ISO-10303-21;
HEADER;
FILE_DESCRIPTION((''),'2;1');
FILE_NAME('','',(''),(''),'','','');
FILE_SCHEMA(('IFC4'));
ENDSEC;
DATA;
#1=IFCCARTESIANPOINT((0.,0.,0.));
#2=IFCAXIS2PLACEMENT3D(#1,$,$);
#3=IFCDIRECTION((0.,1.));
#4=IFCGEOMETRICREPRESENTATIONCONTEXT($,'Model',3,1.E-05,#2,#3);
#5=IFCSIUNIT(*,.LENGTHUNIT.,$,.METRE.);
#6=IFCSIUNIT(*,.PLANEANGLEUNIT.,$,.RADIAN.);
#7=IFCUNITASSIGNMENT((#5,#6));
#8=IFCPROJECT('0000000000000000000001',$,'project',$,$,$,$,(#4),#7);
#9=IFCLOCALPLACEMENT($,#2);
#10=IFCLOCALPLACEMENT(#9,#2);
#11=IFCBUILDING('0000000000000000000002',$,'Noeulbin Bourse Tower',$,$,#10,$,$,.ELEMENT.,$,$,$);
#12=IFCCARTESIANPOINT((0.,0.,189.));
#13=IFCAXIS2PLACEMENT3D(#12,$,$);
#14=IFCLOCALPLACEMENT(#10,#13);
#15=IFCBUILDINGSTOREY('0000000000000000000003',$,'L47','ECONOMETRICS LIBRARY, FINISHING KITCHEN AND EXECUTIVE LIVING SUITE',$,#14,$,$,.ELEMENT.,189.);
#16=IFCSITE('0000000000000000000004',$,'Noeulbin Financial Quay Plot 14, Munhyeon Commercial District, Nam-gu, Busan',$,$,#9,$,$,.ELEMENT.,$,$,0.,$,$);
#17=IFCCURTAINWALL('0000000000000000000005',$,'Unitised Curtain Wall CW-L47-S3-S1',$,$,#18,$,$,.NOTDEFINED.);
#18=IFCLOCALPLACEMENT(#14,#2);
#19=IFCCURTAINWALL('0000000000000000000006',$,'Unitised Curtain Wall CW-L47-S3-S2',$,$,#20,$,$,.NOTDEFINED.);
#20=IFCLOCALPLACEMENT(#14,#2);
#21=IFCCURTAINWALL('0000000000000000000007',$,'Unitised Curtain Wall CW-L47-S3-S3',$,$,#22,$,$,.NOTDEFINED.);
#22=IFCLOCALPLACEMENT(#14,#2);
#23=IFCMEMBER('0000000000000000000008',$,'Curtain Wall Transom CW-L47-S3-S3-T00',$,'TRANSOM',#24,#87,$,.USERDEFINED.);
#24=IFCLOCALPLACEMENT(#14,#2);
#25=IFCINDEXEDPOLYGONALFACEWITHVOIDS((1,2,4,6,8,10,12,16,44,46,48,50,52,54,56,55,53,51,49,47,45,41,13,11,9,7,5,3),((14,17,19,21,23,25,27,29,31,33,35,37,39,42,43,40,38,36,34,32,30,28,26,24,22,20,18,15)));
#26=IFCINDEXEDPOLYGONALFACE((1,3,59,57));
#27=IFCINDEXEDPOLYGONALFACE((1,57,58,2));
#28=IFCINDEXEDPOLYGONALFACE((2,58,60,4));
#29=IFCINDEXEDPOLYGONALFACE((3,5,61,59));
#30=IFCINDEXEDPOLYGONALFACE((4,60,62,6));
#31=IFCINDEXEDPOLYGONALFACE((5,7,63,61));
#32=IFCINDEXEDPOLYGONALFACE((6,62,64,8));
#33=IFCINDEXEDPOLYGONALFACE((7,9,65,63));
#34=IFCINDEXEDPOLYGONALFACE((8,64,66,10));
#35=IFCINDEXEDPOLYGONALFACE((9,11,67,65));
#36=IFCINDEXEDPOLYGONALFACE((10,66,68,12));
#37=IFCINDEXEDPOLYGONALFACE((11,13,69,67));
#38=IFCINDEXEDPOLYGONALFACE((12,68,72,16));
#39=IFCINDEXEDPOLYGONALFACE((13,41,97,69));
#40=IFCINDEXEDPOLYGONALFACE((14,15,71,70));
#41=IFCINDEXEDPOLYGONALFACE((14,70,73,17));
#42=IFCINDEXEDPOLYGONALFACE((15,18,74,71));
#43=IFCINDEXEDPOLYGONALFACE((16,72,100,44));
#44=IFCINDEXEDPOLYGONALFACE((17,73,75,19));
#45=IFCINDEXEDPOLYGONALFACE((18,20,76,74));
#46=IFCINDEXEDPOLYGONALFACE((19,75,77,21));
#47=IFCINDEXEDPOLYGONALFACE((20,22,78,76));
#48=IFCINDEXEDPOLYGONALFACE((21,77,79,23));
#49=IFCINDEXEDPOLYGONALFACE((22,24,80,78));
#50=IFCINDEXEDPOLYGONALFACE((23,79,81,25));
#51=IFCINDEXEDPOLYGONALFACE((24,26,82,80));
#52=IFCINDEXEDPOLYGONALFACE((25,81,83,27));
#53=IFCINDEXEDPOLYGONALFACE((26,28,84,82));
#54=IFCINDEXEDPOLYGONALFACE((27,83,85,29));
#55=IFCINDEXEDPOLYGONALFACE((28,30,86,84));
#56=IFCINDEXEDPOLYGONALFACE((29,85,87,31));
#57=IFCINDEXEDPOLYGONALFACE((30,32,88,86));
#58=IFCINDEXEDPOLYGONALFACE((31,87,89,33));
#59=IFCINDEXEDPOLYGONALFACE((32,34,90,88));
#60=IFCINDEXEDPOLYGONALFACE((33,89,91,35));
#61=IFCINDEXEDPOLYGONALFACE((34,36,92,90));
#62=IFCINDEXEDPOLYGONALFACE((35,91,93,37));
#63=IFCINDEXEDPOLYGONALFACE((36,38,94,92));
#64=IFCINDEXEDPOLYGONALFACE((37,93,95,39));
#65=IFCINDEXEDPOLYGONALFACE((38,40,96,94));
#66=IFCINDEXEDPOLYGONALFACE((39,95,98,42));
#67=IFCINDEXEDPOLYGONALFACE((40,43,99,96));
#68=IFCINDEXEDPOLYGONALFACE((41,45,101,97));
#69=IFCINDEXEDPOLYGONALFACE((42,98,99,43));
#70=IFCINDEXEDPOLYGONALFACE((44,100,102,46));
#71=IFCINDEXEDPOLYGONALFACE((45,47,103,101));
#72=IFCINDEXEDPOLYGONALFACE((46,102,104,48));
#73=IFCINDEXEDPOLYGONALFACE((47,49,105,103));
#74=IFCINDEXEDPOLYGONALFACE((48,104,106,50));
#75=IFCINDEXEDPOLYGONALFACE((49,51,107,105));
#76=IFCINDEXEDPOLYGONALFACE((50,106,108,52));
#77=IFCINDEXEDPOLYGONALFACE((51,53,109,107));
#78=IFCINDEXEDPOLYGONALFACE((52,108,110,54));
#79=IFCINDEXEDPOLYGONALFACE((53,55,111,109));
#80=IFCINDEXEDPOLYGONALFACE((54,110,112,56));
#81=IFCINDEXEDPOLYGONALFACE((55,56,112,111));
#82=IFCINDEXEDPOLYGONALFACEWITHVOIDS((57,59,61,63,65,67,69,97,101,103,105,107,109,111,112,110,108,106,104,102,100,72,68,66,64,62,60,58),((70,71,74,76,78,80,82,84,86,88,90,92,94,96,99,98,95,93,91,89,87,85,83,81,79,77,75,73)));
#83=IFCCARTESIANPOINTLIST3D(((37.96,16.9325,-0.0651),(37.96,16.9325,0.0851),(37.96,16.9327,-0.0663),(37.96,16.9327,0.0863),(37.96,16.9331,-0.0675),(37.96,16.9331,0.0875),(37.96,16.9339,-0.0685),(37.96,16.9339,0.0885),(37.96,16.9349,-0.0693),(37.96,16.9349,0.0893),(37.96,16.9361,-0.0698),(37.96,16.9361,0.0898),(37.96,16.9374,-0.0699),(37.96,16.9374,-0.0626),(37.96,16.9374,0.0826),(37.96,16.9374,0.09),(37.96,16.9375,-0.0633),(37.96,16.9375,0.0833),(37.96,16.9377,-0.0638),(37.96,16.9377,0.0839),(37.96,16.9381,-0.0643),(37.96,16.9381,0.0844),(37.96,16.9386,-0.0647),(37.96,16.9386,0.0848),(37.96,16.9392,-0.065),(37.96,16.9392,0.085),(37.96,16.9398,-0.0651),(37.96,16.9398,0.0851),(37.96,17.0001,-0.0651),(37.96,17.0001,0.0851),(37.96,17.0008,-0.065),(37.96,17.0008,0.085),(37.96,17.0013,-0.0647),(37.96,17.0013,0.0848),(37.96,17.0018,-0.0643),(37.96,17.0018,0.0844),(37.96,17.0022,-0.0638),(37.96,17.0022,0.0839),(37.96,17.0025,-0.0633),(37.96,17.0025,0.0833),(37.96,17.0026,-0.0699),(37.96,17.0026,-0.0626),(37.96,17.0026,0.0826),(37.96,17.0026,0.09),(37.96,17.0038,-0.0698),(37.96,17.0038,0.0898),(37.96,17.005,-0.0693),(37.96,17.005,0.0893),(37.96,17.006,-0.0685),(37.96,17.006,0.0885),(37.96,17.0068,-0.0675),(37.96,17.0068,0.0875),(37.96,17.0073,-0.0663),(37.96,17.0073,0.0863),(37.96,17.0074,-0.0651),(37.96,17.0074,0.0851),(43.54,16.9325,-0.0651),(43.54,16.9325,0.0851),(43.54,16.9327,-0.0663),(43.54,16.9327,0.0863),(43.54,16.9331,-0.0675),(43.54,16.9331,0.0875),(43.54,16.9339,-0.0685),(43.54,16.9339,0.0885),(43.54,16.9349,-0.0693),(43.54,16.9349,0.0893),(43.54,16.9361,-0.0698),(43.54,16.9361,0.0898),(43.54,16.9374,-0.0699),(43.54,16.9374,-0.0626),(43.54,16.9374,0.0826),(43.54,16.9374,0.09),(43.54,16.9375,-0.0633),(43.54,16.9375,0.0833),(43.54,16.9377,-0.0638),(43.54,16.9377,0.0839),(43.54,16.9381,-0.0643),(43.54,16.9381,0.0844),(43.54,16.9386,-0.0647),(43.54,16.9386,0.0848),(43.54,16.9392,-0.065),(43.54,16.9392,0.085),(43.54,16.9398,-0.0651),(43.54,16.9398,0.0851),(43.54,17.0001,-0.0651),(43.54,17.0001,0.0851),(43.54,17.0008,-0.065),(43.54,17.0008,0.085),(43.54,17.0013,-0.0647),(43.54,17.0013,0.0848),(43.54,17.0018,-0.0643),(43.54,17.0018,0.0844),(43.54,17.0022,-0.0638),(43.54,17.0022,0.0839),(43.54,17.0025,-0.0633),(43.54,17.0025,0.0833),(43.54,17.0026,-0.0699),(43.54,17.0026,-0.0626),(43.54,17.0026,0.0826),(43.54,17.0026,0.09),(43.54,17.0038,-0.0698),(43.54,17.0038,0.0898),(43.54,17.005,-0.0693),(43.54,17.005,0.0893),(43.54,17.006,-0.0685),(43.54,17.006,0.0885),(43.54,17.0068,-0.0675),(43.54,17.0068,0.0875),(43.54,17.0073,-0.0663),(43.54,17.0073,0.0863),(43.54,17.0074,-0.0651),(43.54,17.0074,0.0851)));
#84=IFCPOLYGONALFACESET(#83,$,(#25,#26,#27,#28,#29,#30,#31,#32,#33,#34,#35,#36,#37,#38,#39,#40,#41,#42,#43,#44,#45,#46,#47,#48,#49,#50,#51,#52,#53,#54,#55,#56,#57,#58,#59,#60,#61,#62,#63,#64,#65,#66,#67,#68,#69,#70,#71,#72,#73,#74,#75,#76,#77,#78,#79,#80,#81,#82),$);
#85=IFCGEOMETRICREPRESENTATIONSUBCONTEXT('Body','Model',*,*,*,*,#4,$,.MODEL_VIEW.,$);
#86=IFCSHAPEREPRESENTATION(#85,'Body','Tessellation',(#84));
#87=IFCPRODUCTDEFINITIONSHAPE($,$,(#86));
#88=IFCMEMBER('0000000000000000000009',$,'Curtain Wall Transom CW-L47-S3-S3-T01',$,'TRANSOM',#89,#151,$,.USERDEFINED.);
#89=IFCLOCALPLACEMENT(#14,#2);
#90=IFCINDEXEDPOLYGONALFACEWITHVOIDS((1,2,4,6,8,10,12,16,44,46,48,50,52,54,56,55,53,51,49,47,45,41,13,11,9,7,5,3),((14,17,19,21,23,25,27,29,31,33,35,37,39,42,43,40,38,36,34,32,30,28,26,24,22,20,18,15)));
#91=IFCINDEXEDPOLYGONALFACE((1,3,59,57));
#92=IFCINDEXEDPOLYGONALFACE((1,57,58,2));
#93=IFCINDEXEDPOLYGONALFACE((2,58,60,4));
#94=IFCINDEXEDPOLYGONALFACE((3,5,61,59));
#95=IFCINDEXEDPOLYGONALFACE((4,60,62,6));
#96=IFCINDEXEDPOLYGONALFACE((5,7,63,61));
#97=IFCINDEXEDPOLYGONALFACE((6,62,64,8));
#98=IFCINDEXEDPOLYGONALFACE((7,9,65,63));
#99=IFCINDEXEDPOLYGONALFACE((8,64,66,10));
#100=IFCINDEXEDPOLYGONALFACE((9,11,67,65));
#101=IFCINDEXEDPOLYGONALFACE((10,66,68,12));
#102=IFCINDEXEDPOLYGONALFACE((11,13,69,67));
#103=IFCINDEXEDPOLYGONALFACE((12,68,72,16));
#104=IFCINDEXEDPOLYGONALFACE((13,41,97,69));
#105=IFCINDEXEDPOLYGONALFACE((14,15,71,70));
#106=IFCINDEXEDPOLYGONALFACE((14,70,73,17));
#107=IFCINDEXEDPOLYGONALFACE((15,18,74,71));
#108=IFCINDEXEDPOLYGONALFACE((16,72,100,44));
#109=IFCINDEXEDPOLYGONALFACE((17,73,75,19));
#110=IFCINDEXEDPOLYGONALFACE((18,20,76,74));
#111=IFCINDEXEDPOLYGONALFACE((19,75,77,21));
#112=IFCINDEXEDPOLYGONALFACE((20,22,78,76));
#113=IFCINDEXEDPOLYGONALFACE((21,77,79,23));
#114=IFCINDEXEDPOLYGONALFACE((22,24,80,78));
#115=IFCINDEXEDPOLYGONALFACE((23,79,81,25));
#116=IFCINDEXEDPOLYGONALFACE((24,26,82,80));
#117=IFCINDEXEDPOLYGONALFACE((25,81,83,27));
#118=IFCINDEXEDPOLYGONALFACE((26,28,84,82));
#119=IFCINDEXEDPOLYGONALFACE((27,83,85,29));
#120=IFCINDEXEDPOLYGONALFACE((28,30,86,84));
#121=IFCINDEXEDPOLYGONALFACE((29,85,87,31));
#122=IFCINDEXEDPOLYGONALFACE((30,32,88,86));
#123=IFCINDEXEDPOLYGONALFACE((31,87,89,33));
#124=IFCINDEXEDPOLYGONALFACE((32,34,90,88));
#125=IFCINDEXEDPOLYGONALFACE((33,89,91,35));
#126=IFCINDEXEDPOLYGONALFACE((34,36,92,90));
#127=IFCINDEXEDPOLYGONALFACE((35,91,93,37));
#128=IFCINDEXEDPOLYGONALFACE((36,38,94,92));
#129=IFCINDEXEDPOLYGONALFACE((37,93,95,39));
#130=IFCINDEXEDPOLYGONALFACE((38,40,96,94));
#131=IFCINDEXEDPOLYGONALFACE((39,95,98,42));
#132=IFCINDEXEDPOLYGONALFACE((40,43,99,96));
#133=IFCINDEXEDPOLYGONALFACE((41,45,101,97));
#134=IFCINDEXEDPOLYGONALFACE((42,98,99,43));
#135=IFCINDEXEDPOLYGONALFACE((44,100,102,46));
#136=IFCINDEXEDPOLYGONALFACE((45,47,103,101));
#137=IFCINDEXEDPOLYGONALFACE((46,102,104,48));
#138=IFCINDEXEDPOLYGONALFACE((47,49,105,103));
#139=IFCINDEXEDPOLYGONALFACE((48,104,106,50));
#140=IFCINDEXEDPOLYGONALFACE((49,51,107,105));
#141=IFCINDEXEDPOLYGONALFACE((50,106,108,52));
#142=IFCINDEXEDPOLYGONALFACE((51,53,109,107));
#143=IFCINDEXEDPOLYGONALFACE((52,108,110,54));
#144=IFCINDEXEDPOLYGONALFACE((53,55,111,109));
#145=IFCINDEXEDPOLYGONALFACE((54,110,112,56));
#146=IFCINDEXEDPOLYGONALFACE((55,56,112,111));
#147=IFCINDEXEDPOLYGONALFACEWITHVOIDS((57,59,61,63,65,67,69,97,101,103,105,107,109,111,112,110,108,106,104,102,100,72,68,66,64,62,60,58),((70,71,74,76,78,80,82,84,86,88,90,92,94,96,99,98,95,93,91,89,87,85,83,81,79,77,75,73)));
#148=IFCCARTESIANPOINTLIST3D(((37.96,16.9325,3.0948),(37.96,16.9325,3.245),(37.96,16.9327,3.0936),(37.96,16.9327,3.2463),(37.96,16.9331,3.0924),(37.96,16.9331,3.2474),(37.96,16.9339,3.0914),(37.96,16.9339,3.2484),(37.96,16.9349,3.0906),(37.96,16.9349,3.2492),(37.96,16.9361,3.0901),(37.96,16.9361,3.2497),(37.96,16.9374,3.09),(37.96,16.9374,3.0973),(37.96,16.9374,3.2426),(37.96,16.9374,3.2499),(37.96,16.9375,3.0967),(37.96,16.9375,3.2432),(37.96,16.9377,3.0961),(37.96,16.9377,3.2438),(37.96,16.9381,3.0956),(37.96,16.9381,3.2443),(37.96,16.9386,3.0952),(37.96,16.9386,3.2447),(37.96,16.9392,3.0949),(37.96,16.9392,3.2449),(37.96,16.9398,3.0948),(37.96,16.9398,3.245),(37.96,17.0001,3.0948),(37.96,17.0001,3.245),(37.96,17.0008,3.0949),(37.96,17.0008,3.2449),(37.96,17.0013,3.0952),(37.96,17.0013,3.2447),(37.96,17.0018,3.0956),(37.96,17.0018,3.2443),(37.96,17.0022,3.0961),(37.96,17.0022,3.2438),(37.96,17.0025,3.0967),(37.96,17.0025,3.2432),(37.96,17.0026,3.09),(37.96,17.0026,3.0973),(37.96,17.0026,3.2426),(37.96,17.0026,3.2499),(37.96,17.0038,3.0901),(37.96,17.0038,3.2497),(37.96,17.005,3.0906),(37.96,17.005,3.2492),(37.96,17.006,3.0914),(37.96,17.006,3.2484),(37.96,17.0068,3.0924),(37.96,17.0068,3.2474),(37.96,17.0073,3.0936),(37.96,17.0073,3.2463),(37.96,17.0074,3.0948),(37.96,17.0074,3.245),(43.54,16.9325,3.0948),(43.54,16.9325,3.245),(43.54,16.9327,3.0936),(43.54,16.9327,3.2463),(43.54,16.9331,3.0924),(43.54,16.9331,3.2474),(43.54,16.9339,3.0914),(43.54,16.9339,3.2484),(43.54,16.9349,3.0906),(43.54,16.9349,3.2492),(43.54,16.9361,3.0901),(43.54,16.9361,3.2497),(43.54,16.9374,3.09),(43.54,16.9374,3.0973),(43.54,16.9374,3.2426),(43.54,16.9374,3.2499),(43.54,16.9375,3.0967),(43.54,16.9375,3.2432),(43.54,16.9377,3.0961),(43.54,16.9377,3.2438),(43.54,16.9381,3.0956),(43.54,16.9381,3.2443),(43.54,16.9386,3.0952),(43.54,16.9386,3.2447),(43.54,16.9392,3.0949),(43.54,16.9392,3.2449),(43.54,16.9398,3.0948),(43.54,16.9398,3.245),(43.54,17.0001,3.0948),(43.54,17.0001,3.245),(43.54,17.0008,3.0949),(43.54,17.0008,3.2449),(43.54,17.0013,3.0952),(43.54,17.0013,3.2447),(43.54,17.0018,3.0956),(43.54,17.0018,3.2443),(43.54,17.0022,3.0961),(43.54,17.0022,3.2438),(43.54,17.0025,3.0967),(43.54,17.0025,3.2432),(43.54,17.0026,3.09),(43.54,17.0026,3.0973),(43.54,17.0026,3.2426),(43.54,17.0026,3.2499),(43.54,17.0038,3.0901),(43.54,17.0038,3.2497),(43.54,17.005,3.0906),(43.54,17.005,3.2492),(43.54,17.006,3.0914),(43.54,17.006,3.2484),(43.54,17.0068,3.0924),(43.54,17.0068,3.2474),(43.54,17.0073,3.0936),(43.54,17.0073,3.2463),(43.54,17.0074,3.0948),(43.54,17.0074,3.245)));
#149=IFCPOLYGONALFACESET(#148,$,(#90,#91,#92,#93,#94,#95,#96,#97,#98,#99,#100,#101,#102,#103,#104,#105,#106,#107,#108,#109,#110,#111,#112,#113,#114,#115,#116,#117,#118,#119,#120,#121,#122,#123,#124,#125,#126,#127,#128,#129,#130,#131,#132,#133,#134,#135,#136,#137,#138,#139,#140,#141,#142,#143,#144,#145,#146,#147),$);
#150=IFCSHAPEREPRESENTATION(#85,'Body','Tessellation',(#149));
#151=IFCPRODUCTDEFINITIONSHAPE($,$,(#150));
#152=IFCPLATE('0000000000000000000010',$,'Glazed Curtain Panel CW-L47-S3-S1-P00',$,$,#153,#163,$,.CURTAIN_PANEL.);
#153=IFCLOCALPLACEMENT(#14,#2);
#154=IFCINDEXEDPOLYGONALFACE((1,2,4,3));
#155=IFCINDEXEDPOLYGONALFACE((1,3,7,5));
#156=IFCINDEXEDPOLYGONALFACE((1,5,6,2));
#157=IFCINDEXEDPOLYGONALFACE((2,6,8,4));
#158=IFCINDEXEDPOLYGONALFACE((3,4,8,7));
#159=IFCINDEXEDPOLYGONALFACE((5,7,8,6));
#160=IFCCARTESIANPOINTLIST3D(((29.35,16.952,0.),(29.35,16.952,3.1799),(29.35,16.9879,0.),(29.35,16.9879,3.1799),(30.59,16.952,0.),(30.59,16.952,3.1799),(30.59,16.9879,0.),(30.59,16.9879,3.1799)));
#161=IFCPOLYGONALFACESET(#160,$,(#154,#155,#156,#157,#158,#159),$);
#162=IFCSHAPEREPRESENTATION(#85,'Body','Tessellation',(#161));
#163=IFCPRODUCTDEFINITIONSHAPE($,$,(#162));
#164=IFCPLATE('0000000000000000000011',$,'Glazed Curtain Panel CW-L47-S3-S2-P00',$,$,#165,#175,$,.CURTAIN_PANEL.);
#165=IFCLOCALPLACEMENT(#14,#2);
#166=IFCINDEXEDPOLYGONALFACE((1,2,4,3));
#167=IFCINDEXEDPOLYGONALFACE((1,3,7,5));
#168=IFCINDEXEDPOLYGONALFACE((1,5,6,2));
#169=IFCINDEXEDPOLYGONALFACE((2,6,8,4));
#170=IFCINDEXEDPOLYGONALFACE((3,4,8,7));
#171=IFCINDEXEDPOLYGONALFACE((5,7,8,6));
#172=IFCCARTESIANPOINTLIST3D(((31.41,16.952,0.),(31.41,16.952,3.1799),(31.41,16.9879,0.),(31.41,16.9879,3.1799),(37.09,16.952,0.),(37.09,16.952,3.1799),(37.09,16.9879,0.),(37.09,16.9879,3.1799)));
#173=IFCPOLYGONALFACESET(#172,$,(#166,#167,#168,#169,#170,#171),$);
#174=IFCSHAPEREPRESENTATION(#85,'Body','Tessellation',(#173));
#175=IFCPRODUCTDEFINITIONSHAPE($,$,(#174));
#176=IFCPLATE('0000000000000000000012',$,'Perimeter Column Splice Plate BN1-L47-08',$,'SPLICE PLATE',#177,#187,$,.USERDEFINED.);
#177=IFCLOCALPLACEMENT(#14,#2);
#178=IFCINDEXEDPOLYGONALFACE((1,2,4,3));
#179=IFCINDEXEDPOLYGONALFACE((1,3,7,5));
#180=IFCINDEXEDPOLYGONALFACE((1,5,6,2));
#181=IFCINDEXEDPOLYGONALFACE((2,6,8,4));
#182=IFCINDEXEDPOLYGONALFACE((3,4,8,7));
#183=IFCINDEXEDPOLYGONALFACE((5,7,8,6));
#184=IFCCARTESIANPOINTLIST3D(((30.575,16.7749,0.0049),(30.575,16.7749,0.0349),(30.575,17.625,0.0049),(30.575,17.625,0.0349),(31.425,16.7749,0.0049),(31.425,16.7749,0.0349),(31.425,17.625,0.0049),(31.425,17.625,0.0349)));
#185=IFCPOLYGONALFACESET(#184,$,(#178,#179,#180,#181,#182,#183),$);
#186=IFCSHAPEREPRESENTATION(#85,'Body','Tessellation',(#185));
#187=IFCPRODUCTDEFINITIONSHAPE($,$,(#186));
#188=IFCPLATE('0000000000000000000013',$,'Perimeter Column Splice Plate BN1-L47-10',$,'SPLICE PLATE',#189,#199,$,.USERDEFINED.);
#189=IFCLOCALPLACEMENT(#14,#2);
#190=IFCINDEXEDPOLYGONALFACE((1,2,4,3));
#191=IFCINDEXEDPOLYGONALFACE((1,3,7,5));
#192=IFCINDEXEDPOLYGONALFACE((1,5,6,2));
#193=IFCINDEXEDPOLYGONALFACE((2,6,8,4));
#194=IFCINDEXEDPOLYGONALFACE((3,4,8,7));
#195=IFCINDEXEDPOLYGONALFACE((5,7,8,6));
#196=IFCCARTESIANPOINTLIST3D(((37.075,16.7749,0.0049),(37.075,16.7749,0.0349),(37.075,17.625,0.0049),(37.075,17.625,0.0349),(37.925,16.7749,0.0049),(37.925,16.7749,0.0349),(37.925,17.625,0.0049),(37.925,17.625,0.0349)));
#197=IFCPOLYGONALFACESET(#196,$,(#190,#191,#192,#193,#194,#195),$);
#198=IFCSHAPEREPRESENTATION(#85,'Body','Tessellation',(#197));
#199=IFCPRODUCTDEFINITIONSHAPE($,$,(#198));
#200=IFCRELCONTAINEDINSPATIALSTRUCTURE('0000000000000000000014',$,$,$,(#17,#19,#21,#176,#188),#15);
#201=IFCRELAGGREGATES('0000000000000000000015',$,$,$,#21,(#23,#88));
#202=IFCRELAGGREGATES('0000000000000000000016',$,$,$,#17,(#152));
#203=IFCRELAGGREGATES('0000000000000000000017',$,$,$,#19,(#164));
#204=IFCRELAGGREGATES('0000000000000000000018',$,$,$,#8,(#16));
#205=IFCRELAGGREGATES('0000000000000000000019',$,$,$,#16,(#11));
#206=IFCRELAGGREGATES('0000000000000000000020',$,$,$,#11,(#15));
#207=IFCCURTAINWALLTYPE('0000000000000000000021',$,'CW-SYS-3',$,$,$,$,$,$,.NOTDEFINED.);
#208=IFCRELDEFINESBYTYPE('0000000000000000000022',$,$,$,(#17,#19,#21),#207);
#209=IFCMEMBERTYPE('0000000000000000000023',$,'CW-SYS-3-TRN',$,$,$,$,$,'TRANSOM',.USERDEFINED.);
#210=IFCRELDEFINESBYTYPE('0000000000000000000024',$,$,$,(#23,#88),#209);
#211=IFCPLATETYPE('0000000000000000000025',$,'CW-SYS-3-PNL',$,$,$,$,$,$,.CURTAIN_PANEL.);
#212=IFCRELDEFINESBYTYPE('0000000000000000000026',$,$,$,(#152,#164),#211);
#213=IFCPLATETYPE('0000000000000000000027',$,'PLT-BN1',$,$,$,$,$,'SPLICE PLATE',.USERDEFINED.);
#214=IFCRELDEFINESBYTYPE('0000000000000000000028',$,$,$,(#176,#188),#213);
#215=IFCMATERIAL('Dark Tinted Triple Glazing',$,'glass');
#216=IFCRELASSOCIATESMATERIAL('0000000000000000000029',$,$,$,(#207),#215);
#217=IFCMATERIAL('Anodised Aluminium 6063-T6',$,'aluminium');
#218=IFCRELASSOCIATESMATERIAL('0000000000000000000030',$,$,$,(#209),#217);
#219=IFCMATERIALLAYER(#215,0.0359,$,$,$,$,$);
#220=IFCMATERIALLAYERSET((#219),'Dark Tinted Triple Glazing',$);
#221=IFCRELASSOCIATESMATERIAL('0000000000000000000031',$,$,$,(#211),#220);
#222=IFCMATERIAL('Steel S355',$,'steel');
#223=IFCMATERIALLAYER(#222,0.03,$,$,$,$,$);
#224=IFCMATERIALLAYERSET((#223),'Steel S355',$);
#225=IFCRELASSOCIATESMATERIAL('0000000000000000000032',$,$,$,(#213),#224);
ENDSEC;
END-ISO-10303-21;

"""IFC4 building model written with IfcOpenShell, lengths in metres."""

from ifc_helpers import new_model, si_unit, direction, frame, origin, origin_2d, place, context, subcontext, project, spatial, rectangle, hollow_rectangle, extrude, material, layer, layer_set, material_profile, profile_set, type_object, element, aggregate, save


model = new_model("IFC4")

# Units and contexts
model_context = context("Model", 3, precision=1e-05, world=origin(), true_north=direction((0.0, 1.0)))
body_context = subcontext(model_context, "Body", "Model", "MODEL_VIEW")
ifc_project = project(units=[si_unit("LENGTHUNIT", "METRE"), si_unit("PLANEANGLEUNIT", "RADIAN")], contexts=[model_context])

# Site, building, storey
site_placement = place(None, origin())
site = spatial("IfcSite", under=ifc_project, at=site_placement, Name="Noeulbin Financial Quay Plot 14, Munhyeon Commercial District, Nam-gu, Busan", CompositionType="ELEMENT", RefElevation=0.0)
building_placement = place(site_placement, origin())
building = spatial("IfcBuilding", under=site, at=building_placement, Name="Noeulbin Bourse Tower", CompositionType="ELEMENT")
storey_placement = place(building_placement, frame((0.0, 0.0, 189.0)))
storey = spatial("IfcBuildingStorey", under=building, at=storey_placement, Name="L47", Description="ECONOMETRICS LIBRARY, FINISHING KITCHEN AND EXECUTIVE LIVING SUITE", CompositionType="ELEMENT", Elevation=189.0)

# Shared definitions
ifc_material_1 = material(Name="Steel S355", Category="steel")

# Curtain wall
ifc_material_2 = material(Name="Dark Tinted Triple Glazing", Category="glass")
curtain_wall_type = type_object("IfcCurtainWallType", Name="CW-SYS-3", PredefinedType="NOTDEFINED", material=ifc_material_2)
curtain_wall_1_placement = place(storey_placement, origin())
curtain_wall_1 = element("IfcCurtainWall", 1, at=curtain_wall_1_placement, inside=storey, type_object=curtain_wall_type, Name="Unitised Curtain Wall CW-L47-S3-S1", PredefinedType="NOTDEFINED")
ifc_material_3 = material(Name="Anodised Aluminium 6063-T6", Category="aluminium")

# Curtain wall
curtain_wall_2_placement = place(storey_placement, origin())
curtain_wall_2 = element("IfcCurtainWall", 2, at=curtain_wall_2_placement, inside=storey, type_object=curtain_wall_type, Name="Unitised Curtain Wall CW-L47-S3-S2", PredefinedType="NOTDEFINED")

# Curtain wall
curtain_wall_3_placement = place(storey_placement, origin())
curtain_wall_3 = element("IfcCurtainWall", 3, at=curtain_wall_3_placement, inside=storey, type_object=curtain_wall_type, Name="Unitised Curtain Wall CW-L47-S3-S3", PredefinedType="NOTDEFINED")

# Members
ifc_material_profile_1 = material_profile(ifc_material_3, hollow_rectangle(XDim=0.075, YDim=0.1599, WallThickness=0.0049, InnerFilletRadius=0.0024, OuterFilletRadius=0.0049, at=origin_2d()), Name="ALU-TRAN-75x160x5", Category="LoadBearing")
ifc_profile_set_1 = profile_set([ifc_material_profile_1], Name="Anodised Aluminium 6063-T6")
member_type_1 = type_object("IfcMemberType", Name="CW-SYS-3-TRN", ElementType="TRANSOM", PredefinedType="USERDEFINED", material=ifc_profile_set_1)
member_1_placement = place(storey_placement, frame((37.96, 16.97, 0.01), z_axis=(1.0, 0.0, 0.0), x_axis=(0.0, 1.0, 0.0)))
member_1 = element("IfcMember", 4, at=member_1_placement, type_object=member_type_1, Name="Curtain Wall Transom CW-L47-S3-S3-T00", ObjectType="TRANSOM", PredefinedType="USERDEFINED", context=body_context, shape_type="SweptSolid", body=[
    extrude(hollow_rectangle(XDim=0.075, YDim=0.1599, WallThickness=0.0049, InnerFilletRadius=0.0024, OuterFilletRadius=0.0049, at=origin_2d()), origin(), (0.0, 0.0, 1.0), 5.5801),
])
member_2_placement = place(storey_placement, frame((37.96, 16.97, 3.1699), z_axis=(1.0, 0.0, 0.0), x_axis=(0.0, 1.0, 0.0)))
member_2 = element("IfcMember", 5, at=member_2_placement, type_object=member_type_1, Name="Curtain Wall Transom CW-L47-S3-S3-T01", ObjectType="TRANSOM", PredefinedType="USERDEFINED", context=body_context, shape_type="SweptSolid", body=[
    extrude(hollow_rectangle(XDim=0.075, YDim=0.1599, WallThickness=0.0049, InnerFilletRadius=0.0024, OuterFilletRadius=0.0049, at=origin_2d()), origin(), (0.0, 0.0, 1.0), 5.5801),
])
aggregate(curtain_wall_3, [member_1, member_2])

# Plates
ifc_layer_1 = layer(ifc_material_2, 0.0359)
ifc_layer_set_1 = layer_set([ifc_layer_1], Name="Dark Tinted Triple Glazing")
plate_type_1 = type_object("IfcPlateType", Name="CW-SYS-3-PNL", PredefinedType="CURTAIN_PANEL", material=ifc_layer_set_1)
plate_1_placement = place(storey_placement, frame((29.97, 16.97, 0.0), z_axis=(0.0, 0.0, 1.0), x_axis=(1.0, 0.0, 0.0)))
plate_1 = element("IfcPlate", 6, at=plate_1_placement, type_object=plate_type_1, Name="Glazed Curtain Panel CW-L47-S3-S1-P00", PredefinedType="CURTAIN_PANEL", context=body_context, shape_type="SweptSolid", body=[
    extrude(rectangle(XDim=1.24, YDim=0.0359, at=origin_2d()), origin(), (0.0, 0.0, 1.0), 3.1799),
])
aggregate(curtain_wall_1, [plate_1])
plate_2_placement = place(storey_placement, frame((34.25, 16.97, 0.0), z_axis=(0.0, 0.0, 1.0), x_axis=(1.0, 0.0, 0.0)))
plate_2 = element("IfcPlate", 7, at=plate_2_placement, type_object=plate_type_1, Name="Glazed Curtain Panel CW-L47-S3-S2-P00", PredefinedType="CURTAIN_PANEL", context=body_context, shape_type="SweptSolid", body=[
    extrude(rectangle(XDim=5.6799, YDim=0.0359, at=origin_2d()), origin(), (0.0, 0.0, 1.0), 3.1799),
])
aggregate(curtain_wall_2, [plate_2])

# Plates
ifc_layer_2 = layer(ifc_material_1, 0.03)
ifc_layer_set_2 = layer_set([ifc_layer_2], Name="Steel S355")
plate_type_2 = type_object("IfcPlateType", Name="PLT-BN1", ElementType="SPLICE PLATE", PredefinedType="USERDEFINED", material=ifc_layer_set_2)
for number, where, z_axis, x_axis, name in (
    (8, (31.0, 17.2, 0.0049), (0.0, 0.0, 1.0), (1.0, 0.0, 0.0), "Perimeter Column Splice Plate BN1-L47-08"),
    (9, (37.5, 17.2, 0.0049), (0.0, 0.0, 1.0), (1.0, 0.0, 0.0), "Perimeter Column Splice Plate BN1-L47-10"),
):
    element("IfcPlate", number, at=place(storey_placement, frame(where, z_axis=z_axis, x_axis=x_axis)), inside=storey, type_object=plate_type_2, Name=name, ObjectType="SPLICE PLATE", PredefinedType="USERDEFINED", context=body_context, shape_type="SweptSolid", body=[
        extrude(rectangle(XDim=0.8501, YDim=0.8501, at=origin_2d()), origin(), (0.0, 0.0, 1.0), 0.03),
    ])

save(model, "model.ifc")
